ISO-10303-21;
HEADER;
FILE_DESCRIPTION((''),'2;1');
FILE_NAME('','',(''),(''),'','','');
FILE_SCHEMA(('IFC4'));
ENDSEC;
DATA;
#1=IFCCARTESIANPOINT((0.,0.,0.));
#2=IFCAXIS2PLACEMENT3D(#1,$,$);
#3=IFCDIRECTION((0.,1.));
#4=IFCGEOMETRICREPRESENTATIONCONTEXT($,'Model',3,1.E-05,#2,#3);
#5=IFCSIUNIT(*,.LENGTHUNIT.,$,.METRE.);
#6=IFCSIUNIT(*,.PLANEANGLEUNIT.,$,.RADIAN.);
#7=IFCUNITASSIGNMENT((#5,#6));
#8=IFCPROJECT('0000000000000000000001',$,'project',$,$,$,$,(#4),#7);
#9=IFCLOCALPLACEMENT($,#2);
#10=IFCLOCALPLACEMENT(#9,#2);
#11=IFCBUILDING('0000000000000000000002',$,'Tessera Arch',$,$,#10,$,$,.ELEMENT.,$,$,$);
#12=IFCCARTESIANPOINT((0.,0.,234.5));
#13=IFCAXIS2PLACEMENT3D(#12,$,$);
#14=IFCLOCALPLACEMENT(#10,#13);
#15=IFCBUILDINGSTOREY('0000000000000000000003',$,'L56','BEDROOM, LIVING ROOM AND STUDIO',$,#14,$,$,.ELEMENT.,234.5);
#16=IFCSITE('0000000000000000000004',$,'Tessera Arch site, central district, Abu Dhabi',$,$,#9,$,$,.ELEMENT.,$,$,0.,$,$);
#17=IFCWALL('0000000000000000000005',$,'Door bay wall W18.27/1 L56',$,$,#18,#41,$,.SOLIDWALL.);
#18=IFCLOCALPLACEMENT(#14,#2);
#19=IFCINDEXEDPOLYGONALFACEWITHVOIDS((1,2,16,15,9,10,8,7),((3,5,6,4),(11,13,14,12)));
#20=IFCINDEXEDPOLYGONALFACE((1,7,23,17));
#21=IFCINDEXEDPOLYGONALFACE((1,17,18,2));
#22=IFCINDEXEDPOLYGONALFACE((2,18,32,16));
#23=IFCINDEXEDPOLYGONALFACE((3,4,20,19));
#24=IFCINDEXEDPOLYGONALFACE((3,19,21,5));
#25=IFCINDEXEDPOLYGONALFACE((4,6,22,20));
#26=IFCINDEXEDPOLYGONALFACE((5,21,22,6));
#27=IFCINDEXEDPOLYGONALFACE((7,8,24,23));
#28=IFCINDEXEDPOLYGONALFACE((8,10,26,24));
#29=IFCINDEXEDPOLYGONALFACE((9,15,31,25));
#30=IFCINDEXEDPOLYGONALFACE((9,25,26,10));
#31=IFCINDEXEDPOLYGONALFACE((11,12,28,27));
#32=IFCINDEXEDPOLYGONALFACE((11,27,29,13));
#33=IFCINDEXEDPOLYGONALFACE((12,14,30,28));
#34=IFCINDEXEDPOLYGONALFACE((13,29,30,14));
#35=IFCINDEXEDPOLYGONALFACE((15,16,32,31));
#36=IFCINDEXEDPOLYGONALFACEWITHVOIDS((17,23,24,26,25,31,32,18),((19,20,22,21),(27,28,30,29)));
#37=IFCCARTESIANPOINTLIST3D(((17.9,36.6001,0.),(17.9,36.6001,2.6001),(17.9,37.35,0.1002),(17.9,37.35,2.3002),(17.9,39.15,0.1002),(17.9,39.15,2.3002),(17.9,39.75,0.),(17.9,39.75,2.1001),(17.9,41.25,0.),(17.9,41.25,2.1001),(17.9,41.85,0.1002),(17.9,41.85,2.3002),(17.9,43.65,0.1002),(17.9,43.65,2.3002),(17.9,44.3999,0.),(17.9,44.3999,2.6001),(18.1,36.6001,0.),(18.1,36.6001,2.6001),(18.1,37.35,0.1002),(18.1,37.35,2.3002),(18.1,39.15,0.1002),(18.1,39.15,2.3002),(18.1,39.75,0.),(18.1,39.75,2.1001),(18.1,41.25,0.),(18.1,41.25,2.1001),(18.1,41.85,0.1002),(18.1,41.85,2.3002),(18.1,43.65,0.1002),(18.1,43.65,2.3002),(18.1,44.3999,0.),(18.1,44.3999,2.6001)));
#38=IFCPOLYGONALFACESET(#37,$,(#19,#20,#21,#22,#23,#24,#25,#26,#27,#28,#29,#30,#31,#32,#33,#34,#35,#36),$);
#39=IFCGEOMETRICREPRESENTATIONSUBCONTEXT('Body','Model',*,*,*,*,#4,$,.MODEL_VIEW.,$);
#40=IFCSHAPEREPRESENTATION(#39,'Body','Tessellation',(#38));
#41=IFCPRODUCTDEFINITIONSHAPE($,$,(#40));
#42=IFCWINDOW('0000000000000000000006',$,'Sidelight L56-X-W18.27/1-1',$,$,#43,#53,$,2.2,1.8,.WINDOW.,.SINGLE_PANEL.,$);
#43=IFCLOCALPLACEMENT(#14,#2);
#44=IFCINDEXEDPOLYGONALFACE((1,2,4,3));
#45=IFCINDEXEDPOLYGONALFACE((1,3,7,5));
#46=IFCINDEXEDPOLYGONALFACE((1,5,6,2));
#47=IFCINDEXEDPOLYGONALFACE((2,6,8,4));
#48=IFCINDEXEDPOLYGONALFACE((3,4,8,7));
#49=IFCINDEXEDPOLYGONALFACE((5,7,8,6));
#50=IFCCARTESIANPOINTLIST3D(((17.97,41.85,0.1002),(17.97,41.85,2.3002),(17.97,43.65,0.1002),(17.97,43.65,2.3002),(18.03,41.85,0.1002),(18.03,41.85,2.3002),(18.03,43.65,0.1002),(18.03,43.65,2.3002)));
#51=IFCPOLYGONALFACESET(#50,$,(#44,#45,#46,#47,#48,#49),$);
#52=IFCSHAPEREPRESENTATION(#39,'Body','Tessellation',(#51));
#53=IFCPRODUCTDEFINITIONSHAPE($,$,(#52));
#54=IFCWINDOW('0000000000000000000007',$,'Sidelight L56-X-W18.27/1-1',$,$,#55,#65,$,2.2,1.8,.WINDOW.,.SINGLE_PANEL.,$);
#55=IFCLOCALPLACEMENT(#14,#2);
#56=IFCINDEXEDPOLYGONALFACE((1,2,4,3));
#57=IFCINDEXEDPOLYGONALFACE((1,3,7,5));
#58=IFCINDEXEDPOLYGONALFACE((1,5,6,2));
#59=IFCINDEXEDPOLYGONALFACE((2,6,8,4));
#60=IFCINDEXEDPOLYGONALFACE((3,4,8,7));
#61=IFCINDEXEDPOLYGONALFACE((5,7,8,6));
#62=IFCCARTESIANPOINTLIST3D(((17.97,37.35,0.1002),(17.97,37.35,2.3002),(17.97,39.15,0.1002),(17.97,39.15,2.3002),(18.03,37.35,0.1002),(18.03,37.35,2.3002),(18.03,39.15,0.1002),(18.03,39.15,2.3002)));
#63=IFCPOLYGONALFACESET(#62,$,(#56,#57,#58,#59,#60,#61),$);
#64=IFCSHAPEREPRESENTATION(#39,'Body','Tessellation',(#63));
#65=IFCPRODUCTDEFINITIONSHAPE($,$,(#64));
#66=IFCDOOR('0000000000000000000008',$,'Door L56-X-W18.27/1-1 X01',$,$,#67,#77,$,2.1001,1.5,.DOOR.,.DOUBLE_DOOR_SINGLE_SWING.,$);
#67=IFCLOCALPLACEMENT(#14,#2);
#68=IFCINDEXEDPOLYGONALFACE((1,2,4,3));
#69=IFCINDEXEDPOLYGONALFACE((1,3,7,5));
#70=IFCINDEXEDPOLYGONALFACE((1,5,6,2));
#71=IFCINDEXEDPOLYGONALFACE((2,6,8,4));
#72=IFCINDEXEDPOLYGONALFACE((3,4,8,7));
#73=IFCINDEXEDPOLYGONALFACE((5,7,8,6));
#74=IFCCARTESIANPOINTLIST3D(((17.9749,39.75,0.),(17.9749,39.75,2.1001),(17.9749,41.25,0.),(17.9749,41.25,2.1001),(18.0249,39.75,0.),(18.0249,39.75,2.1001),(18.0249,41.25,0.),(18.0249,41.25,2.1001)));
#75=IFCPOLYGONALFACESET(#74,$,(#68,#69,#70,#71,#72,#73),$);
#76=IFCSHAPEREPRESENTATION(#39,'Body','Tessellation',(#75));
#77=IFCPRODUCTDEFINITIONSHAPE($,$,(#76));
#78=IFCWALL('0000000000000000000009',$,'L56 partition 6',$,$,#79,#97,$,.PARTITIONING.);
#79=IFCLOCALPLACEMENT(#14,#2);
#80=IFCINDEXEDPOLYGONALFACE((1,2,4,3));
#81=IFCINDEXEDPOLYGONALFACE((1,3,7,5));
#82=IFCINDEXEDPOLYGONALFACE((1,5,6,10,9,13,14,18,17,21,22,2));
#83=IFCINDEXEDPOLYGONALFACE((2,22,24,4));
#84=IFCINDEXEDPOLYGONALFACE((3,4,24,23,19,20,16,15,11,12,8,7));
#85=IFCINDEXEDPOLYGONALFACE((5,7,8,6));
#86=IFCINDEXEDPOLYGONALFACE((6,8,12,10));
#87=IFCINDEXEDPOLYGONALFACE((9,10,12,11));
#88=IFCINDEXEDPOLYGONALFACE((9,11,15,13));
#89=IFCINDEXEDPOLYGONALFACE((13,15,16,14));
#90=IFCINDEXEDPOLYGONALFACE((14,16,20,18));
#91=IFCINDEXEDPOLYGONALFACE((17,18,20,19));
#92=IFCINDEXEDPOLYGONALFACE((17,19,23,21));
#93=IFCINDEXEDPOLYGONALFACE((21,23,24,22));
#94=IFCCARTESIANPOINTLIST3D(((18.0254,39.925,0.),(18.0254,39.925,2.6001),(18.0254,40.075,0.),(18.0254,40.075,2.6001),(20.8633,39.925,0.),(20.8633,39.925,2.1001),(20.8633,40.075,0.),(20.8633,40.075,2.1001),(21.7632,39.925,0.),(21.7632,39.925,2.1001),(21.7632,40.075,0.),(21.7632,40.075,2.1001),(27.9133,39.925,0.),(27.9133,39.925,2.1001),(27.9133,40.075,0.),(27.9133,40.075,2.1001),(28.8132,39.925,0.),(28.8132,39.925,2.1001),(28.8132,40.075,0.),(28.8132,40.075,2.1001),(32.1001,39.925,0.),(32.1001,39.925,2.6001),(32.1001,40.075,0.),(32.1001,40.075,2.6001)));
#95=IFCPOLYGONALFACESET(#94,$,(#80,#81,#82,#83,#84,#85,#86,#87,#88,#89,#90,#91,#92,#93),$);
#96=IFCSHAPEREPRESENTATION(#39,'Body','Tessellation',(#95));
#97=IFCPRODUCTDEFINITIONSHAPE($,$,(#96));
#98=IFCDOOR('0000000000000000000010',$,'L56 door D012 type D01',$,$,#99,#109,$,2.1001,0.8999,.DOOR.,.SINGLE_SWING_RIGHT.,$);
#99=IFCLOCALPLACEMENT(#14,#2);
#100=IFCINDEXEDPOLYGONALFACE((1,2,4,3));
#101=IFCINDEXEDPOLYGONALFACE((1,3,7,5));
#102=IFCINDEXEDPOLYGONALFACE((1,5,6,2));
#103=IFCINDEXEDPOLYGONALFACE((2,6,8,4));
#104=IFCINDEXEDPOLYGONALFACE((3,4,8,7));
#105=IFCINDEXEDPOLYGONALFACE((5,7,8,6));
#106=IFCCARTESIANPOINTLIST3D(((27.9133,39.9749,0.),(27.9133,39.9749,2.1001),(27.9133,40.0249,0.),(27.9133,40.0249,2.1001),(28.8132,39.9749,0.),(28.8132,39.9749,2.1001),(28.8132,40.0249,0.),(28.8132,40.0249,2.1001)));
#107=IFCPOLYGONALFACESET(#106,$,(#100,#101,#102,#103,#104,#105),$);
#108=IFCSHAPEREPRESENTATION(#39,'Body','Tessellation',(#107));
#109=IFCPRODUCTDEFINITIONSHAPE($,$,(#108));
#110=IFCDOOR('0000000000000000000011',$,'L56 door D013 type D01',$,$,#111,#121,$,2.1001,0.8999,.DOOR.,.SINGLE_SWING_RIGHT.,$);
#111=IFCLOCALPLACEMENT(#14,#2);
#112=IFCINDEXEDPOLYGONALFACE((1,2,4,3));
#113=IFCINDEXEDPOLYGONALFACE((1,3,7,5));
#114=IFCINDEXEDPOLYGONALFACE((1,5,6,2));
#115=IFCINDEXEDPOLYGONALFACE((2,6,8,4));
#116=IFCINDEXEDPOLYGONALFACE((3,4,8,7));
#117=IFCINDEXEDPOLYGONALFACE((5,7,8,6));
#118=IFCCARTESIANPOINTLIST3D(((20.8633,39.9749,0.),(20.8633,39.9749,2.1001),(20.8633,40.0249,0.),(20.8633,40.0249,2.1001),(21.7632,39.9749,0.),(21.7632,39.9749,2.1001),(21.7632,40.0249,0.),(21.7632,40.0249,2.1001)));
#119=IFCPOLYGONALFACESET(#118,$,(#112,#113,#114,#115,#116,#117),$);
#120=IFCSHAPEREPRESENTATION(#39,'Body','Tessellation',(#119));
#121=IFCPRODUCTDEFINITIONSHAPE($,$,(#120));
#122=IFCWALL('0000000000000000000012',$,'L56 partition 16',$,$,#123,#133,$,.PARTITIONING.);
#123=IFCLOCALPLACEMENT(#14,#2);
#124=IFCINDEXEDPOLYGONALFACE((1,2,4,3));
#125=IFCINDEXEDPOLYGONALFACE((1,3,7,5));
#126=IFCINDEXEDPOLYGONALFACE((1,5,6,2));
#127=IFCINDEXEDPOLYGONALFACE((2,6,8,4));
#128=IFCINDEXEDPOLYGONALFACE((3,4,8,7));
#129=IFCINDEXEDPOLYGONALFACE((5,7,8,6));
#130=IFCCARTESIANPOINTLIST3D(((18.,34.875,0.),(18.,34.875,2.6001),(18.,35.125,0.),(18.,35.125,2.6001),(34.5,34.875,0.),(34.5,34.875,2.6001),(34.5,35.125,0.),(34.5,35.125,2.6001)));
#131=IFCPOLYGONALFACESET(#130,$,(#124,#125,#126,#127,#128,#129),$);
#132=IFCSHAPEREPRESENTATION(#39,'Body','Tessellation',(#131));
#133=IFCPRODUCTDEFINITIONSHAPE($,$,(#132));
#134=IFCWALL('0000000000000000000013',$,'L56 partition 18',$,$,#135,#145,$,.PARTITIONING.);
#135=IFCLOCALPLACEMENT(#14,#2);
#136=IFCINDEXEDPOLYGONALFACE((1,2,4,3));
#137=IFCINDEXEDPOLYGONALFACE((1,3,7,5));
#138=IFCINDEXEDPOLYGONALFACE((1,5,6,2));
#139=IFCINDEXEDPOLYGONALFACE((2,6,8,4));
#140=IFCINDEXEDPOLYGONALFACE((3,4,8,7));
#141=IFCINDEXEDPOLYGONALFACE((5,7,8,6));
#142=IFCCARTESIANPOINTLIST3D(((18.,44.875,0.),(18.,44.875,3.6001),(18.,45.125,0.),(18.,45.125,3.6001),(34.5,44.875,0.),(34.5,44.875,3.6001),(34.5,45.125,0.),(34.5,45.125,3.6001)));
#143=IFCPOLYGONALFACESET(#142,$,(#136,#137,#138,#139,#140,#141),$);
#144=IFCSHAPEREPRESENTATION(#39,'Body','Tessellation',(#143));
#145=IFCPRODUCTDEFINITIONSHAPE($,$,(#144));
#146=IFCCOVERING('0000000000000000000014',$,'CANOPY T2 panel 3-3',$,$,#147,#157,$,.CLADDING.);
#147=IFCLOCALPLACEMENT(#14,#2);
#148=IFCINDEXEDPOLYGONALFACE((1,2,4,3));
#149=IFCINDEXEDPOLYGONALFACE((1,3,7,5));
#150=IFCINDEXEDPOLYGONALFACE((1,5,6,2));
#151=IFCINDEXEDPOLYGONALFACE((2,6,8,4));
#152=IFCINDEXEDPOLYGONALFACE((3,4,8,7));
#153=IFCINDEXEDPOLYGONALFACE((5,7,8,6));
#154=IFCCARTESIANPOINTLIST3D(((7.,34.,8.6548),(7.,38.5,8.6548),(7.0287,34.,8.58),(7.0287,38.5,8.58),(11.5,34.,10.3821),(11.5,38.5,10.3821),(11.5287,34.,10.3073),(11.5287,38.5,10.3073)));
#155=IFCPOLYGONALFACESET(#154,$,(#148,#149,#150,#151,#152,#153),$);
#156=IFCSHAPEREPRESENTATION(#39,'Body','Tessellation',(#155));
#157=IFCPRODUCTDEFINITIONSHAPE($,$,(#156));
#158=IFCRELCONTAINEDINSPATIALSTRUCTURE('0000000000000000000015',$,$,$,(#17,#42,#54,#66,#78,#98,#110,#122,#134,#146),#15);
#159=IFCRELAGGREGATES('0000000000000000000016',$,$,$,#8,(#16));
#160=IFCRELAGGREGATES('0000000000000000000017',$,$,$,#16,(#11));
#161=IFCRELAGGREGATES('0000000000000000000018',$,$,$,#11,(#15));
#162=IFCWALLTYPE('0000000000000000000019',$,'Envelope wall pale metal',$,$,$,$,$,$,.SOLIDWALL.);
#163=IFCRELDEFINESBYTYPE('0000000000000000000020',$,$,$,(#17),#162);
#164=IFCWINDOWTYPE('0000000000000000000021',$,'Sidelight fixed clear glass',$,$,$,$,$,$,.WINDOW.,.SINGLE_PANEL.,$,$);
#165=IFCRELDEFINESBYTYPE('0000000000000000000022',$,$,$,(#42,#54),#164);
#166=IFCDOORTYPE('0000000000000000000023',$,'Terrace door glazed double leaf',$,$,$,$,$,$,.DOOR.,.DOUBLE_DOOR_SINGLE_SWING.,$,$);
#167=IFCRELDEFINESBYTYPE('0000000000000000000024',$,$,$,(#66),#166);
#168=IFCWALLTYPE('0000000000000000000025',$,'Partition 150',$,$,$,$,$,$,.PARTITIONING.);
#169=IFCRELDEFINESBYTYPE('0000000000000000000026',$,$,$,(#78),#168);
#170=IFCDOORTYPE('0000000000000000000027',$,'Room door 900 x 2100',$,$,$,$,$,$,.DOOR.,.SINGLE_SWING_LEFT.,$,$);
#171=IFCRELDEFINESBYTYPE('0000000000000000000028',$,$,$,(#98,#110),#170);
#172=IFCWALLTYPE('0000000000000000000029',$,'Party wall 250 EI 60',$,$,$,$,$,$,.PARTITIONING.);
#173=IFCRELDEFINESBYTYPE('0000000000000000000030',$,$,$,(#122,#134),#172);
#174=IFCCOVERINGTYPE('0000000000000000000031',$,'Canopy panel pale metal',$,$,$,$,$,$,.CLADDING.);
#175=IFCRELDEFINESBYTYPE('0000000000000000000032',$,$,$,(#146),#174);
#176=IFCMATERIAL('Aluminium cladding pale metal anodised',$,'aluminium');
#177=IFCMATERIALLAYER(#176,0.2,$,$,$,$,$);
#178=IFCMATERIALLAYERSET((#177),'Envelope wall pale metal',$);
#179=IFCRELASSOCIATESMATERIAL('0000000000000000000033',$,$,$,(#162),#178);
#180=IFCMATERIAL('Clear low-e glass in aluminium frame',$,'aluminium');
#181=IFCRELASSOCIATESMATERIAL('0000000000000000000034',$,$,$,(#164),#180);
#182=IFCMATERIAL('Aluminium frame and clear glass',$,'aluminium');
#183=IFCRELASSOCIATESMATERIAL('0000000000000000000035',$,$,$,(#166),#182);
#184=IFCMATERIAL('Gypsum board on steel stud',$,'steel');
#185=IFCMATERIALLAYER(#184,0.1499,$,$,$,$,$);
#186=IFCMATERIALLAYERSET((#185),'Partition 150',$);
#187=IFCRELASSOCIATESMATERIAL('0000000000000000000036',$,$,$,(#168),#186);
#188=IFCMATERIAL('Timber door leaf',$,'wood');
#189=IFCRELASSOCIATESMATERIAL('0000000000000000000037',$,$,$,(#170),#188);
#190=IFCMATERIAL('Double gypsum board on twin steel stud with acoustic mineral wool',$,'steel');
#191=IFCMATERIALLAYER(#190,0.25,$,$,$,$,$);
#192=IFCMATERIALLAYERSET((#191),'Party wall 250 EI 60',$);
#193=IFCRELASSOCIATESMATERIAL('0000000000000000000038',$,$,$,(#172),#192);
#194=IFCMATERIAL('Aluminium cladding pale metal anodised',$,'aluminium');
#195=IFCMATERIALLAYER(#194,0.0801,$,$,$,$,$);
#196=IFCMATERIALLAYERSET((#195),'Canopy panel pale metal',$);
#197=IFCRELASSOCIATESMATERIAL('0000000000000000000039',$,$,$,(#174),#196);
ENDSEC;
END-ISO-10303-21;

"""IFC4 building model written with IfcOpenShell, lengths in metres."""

from ifc_helpers import new_model, si_unit, direction, frame, frame_2d, origin, place, context, subcontext, project, spatial, polyline, rectangle, outline, extrude, material, layer, layer_set, type_object, element, fill, save


model = new_model("IFC4")

# Units and contexts
model_context = context("Model", 3, precision=1e-05, world=origin(), true_north=direction((0.0, 1.0)))
body_context = subcontext(model_context, "Body", "Model", "MODEL_VIEW")
ifc_project = project(units=[si_unit("LENGTHUNIT", "METRE"), si_unit("PLANEANGLEUNIT", "RADIAN")], contexts=[model_context])

# Site, building, storey
site_placement = place(None, origin())
site = spatial("IfcSite", under=ifc_project, at=site_placement, Name="Tessera Arch site, central district, Abu Dhabi", CompositionType="ELEMENT", RefElevation=0.0)
building_placement = place(site_placement, origin())
building = spatial("IfcBuilding", under=site, at=building_placement, Name="Tessera Arch", CompositionType="ELEMENT")
storey_placement = place(building_placement, frame((0.0, 0.0, 234.5)))
storey = spatial("IfcBuildingStorey", under=building, at=storey_placement, Name="L56", Description="BEDROOM, LIVING ROOM AND STUDIO", CompositionType="ELEMENT", Elevation=234.5)

# Wall, openings, windows, door
ifc_material_1 = material(Name="Aluminium cladding pale metal anodised", Category="aluminium")
ifc_layer_1 = layer(ifc_material_1, 0.2)
ifc_layer_set_1 = layer_set([ifc_layer_1], Name="Envelope wall pale metal")
wall_type_1 = type_object("IfcWallType", Name="Envelope wall pale metal", PredefinedType="SOLIDWALL", material=ifc_layer_set_1)
wall_1_placement = place(storey_placement, frame((18.0, 44.3999, 0.0), z_axis=(0.0, 0.0, 1.0), x_axis=(0.0, -1.0, 0.0)))
wall_1 = element("IfcWall", 1, at=wall_1_placement, inside=storey, type_object=wall_type_1, Name="Door bay wall W18.27/1 L56", PredefinedType="SOLIDWALL", context=body_context, shape_type="SweptSolid", body=[
    extrude(rectangle(XDim=7.7998, YDim=0.2, at=frame_2d((3.8999, 0.0))), origin(), (0.0, 0.0, 1.0), 2.6001),
])
opening_1_placement = place(wall_1_placement, frame((3.1499, 0.0, 0.0)))
opening_1 = element("IfcOpeningElement", 2, at=opening_1_placement, cuts=wall_1, PredefinedType="OPENING", context=body_context, shape_type="SweptSolid", body=[
    extrude(rectangle(XDim=1.5, YDim=2.1001, at=frame_2d((0.75, 1.05))), frame((0.0, 0.1099, 0.0), z_axis=(0.0, -1.0, 0.0), x_axis=(1.0, 0.0, 0.0)), (0.0, 0.0, 1.0), 0.22),
])
opening_2_placement = place(wall_1_placement, frame((0.75, 0.0, 0.1001)))
opening_2 = element("IfcOpeningElement", 3, at=opening_2_placement, cuts=wall_1, PredefinedType="OPENING", context=body_context, shape_type="SweptSolid", body=[
    extrude(rectangle(XDim=1.8, YDim=2.2, at=frame_2d((0.8999, 1.1001))), frame((0.0, 0.1099, 0.0), z_axis=(0.0, -1.0, 0.0), x_axis=(1.0, 0.0, 0.0)), (0.0, 0.0, 1.0), 0.22),
])
opening_3_placement = place(wall_1_placement, frame((5.25, 0.0, 0.1001)))
opening_3 = element("IfcOpeningElement", 4, at=opening_3_placement, cuts=wall_1, PredefinedType="OPENING", context=body_context, shape_type="SweptSolid", body=[
    extrude(rectangle(XDim=1.8, YDim=2.2, at=frame_2d((0.8999, 1.1001))), frame((0.0, 0.1099, 0.0), z_axis=(0.0, -1.0, 0.0), x_axis=(1.0, 0.0, 0.0)), (0.0, 0.0, 1.0), 0.22),
])
ifc_material_2 = material(Name="Clear low-e glass in aluminium frame", Category="aluminium")
window_type = type_object("IfcWindowType", Name="Sidelight fixed clear glass", PartitioningType="SINGLE_PANEL", PredefinedType="WINDOW", material=ifc_material_2)
window_1_placement = place(opening_2_placement, origin())
window_1 = element("IfcWindow", 5, at=window_1_placement, inside=storey, type_object=window_type, Name="Sidelight L56-X-W18.27/1-1", OverallHeight=2.2, OverallWidth=1.8, PartitioningType="SINGLE_PANEL", PredefinedType="WINDOW", context=body_context, shape_type="SweptSolid", body=[
    extrude(rectangle(XDim=1.8, YDim=2.2, at=frame_2d((0.8999, 1.1001))), frame((0.0, 0.03, 0.0), z_axis=(0.0, -1.0, 0.0), x_axis=(1.0, 0.0, 0.0)), (0.0, 0.0, 1.0), 0.0601),
])
fill(opening_2, window_1)
window_2_placement = place(opening_3_placement, origin())
window_2 = element("IfcWindow", 6, at=window_2_placement, inside=storey, type_object=window_type, Name="Sidelight L56-X-W18.27/1-1", OverallHeight=2.2, OverallWidth=1.8, PartitioningType="SINGLE_PANEL", PredefinedType="WINDOW", context=body_context, shape_type="SweptSolid", body=[
    extrude(rectangle(XDim=1.8, YDim=2.2, at=frame_2d((0.8999, 1.1001))), frame((0.0, 0.03, 0.0), z_axis=(0.0, -1.0, 0.0), x_axis=(1.0, 0.0, 0.0)), (0.0, 0.0, 1.0), 0.0601),
])
fill(opening_3, window_2)
ifc_material_3 = material(Name="Aluminium frame and clear glass", Category="aluminium")
door_type_1 = type_object("IfcDoorType", Name="Terrace door glazed double leaf", OperationType="DOUBLE_DOOR_SINGLE_SWING", PredefinedType="DOOR", material=ifc_material_3)
door_1_placement = place(opening_1_placement, origin())
door_1 = element("IfcDoor", 7, at=door_1_placement, inside=storey, type_object=door_type_1, Name="Door L56-X-W18.27/1-1 X01", OperationType="DOUBLE_DOOR_SINGLE_SWING", OverallHeight=2.1001, OverallWidth=1.5, PredefinedType="DOOR", context=body_context, shape_type="SweptSolid", body=[
    extrude(rectangle(XDim=1.5, YDim=2.1001, at=frame_2d((0.75, 1.05))), frame((0.0, 0.0249, 0.0), z_axis=(0.0, -1.0, 0.0), x_axis=(1.0, 0.0, 0.0)), (0.0, 0.0, 1.0), 0.05),
])
fill(opening_1, door_1)

# Wall, openings, doors
ifc_material_4 = material(Name="Gypsum board on steel stud", Category="steel")
ifc_layer_2 = layer(ifc_material_4, 0.1499)
ifc_layer_set_2 = layer_set([ifc_layer_2], Name="Partition 150")
wall_type_2 = type_object("IfcWallType", Name="Partition 150", PredefinedType="PARTITIONING", material=ifc_layer_set_2)
wall_2_placement = place(storey_placement, frame((18.0254, 40.0, 0.0), z_axis=(0.0, 0.0, 1.0), x_axis=(1.0, 0.0, 0.0)))
wall_2 = element("IfcWall", 8, at=wall_2_placement, inside=storey, type_object=wall_type_2, Name="L56 partition 6", PredefinedType="PARTITIONING", context=body_context, shape_type="SweptSolid", body=[
    extrude(rectangle(XDim=14.0747, YDim=0.1499, at=frame_2d((7.0374, 0.0))), origin(), (0.0, 0.0, 1.0), 2.6001),
])
opening_4_placement = place(wall_2_placement, frame((9.8879, 0.0, 0.0)))
opening_4 = element("IfcOpeningElement", 9, at=opening_4_placement, cuts=wall_2, PredefinedType="OPENING", context=body_context, shape_type="SweptSolid", body=[
    extrude(rectangle(XDim=0.8999, YDim=2.1001, at=frame_2d((0.45, 1.05))), frame((0.0, 0.085, 0.0), z_axis=(0.0, -1.0, 0.0), x_axis=(1.0, 0.0, 0.0)), (0.0, 0.0, 1.0), 0.1699),
])
opening_5_placement = place(wall_2_placement, frame((2.8379, 0.0, 0.0)))
opening_5 = element("IfcOpeningElement", 10, at=opening_5_placement, cuts=wall_2, PredefinedType="OPENING", context=body_context, shape_type="SweptSolid", body=[
    extrude(rectangle(XDim=0.8999, YDim=2.1001, at=frame_2d((0.45, 1.05))), frame((0.0, 0.085, 0.0), z_axis=(0.0, -1.0, 0.0), x_axis=(1.0, 0.0, 0.0)), (0.0, 0.0, 1.0), 0.1699),
])
ifc_material_5 = material(Name="Timber door leaf", Category="wood")
door_type_2 = type_object("IfcDoorType", Name="Room door 900 x 2100", OperationType="SINGLE_SWING_LEFT", PredefinedType="DOOR", material=ifc_material_5)
door_2_placement = place(opening_4_placement, origin())
door_2 = element("IfcDoor", 11, at=door_2_placement, inside=storey, type_object=door_type_2, Name="L56 door D012 type D01", OperationType="SINGLE_SWING_RIGHT", OverallHeight=2.1001, OverallWidth=0.8999, PredefinedType="DOOR", context=body_context, shape_type="SweptSolid", body=[
    extrude(rectangle(XDim=0.8999, YDim=2.1001, at=frame_2d((0.45, 1.05))), frame((0.0, 0.0249, 0.0), z_axis=(0.0, -1.0, 0.0), x_axis=(1.0, 0.0, 0.0)), (0.0, 0.0, 1.0), 0.05),
])
fill(opening_4, door_2)
door_3_placement = place(opening_5_placement, origin())
door_3 = element("IfcDoor", 12, at=door_3_placement, inside=storey, type_object=door_type_2, Name="L56 door D013 type D01", OperationType="SINGLE_SWING_RIGHT", OverallHeight=2.1001, OverallWidth=0.8999, PredefinedType="DOOR", context=body_context, shape_type="SweptSolid", body=[
    extrude(rectangle(XDim=0.8999, YDim=2.1001, at=frame_2d((0.45, 1.05))), frame((0.0, 0.0249, 0.0), z_axis=(0.0, -1.0, 0.0), x_axis=(1.0, 0.0, 0.0)), (0.0, 0.0, 1.0), 0.05),
])
fill(opening_5, door_3)

# Walls
ifc_material_6 = material(Name="Double gypsum board on twin steel stud with acoustic mineral wool", Category="steel")
ifc_layer_3 = layer(ifc_material_6, 0.25)
ifc_layer_set_3 = layer_set([ifc_layer_3], Name="Party wall 250 EI 60")
wall_type_3 = type_object("IfcWallType", Name="Party wall 250 EI 60", PredefinedType="PARTITIONING", material=ifc_layer_set_3)
wall_3_placement = place(storey_placement, frame((18.0, 35.0, 0.0), z_axis=(0.0, 0.0, 1.0), x_axis=(1.0, 0.0, 0.0)))
element("IfcWall", 13, at=wall_3_placement, inside=storey, type_object=wall_type_3, Name="L56 partition 16", PredefinedType="PARTITIONING", context=body_context, shape_type="SweptSolid", body=[
    extrude(rectangle(XDim=16.5, YDim=0.25, at=frame_2d((8.25, 0.0))), origin(), (0.0, 0.0, 1.0), 2.6001),
])
wall_4_placement = place(storey_placement, frame((18.0, 45.0, 0.0), z_axis=(0.0, 0.0, 1.0), x_axis=(1.0, 0.0, 0.0)))
element("IfcWall", 14, at=wall_4_placement, inside=storey, type_object=wall_type_3, Name="L56 partition 18", PredefinedType="PARTITIONING", context=body_context, shape_type="SweptSolid", body=[
    extrude(rectangle(XDim=16.5, YDim=0.25, at=frame_2d((8.25, 0.0))), origin(), (0.0, 0.0, 1.0), 3.6001),
])

# Covering
ifc_material_7 = material(Name="Aluminium cladding pale metal anodised", Category="aluminium")
ifc_layer_4 = layer(ifc_material_7, 0.0801)
ifc_layer_set_4 = layer_set([ifc_layer_4], Name="Canopy panel pale metal")
covering_type = type_object("IfcCoveringType", Name="Canopy panel pale metal", PredefinedType="CLADDING", material=ifc_layer_set_4)
for number, where, z_axis, x_axis, name in (
    (15, (11.5, 34.0, 10.3821), (-0.358351, 0.0, 0.933587), (0.0, 1.0, 0.0), "CANOPY T2 panel 3-3"),
):
    element("IfcCovering", number, at=place(storey_placement, frame(where, z_axis=z_axis, x_axis=x_axis)), inside=storey, type_object=covering_type, Name=name, PredefinedType="CLADDING", context=body_context, shape_type="SweptSolid", body=[
        extrude(outline(polyline([(0.0, 0.0), (4.5, 0.0), (4.5, 4.8201), (0.0, 4.8201), (0.0, 0.0)])), origin(), (0.0, 0.0, -1.0), 0.0801),
    ])

save(model, "model.ifc")
